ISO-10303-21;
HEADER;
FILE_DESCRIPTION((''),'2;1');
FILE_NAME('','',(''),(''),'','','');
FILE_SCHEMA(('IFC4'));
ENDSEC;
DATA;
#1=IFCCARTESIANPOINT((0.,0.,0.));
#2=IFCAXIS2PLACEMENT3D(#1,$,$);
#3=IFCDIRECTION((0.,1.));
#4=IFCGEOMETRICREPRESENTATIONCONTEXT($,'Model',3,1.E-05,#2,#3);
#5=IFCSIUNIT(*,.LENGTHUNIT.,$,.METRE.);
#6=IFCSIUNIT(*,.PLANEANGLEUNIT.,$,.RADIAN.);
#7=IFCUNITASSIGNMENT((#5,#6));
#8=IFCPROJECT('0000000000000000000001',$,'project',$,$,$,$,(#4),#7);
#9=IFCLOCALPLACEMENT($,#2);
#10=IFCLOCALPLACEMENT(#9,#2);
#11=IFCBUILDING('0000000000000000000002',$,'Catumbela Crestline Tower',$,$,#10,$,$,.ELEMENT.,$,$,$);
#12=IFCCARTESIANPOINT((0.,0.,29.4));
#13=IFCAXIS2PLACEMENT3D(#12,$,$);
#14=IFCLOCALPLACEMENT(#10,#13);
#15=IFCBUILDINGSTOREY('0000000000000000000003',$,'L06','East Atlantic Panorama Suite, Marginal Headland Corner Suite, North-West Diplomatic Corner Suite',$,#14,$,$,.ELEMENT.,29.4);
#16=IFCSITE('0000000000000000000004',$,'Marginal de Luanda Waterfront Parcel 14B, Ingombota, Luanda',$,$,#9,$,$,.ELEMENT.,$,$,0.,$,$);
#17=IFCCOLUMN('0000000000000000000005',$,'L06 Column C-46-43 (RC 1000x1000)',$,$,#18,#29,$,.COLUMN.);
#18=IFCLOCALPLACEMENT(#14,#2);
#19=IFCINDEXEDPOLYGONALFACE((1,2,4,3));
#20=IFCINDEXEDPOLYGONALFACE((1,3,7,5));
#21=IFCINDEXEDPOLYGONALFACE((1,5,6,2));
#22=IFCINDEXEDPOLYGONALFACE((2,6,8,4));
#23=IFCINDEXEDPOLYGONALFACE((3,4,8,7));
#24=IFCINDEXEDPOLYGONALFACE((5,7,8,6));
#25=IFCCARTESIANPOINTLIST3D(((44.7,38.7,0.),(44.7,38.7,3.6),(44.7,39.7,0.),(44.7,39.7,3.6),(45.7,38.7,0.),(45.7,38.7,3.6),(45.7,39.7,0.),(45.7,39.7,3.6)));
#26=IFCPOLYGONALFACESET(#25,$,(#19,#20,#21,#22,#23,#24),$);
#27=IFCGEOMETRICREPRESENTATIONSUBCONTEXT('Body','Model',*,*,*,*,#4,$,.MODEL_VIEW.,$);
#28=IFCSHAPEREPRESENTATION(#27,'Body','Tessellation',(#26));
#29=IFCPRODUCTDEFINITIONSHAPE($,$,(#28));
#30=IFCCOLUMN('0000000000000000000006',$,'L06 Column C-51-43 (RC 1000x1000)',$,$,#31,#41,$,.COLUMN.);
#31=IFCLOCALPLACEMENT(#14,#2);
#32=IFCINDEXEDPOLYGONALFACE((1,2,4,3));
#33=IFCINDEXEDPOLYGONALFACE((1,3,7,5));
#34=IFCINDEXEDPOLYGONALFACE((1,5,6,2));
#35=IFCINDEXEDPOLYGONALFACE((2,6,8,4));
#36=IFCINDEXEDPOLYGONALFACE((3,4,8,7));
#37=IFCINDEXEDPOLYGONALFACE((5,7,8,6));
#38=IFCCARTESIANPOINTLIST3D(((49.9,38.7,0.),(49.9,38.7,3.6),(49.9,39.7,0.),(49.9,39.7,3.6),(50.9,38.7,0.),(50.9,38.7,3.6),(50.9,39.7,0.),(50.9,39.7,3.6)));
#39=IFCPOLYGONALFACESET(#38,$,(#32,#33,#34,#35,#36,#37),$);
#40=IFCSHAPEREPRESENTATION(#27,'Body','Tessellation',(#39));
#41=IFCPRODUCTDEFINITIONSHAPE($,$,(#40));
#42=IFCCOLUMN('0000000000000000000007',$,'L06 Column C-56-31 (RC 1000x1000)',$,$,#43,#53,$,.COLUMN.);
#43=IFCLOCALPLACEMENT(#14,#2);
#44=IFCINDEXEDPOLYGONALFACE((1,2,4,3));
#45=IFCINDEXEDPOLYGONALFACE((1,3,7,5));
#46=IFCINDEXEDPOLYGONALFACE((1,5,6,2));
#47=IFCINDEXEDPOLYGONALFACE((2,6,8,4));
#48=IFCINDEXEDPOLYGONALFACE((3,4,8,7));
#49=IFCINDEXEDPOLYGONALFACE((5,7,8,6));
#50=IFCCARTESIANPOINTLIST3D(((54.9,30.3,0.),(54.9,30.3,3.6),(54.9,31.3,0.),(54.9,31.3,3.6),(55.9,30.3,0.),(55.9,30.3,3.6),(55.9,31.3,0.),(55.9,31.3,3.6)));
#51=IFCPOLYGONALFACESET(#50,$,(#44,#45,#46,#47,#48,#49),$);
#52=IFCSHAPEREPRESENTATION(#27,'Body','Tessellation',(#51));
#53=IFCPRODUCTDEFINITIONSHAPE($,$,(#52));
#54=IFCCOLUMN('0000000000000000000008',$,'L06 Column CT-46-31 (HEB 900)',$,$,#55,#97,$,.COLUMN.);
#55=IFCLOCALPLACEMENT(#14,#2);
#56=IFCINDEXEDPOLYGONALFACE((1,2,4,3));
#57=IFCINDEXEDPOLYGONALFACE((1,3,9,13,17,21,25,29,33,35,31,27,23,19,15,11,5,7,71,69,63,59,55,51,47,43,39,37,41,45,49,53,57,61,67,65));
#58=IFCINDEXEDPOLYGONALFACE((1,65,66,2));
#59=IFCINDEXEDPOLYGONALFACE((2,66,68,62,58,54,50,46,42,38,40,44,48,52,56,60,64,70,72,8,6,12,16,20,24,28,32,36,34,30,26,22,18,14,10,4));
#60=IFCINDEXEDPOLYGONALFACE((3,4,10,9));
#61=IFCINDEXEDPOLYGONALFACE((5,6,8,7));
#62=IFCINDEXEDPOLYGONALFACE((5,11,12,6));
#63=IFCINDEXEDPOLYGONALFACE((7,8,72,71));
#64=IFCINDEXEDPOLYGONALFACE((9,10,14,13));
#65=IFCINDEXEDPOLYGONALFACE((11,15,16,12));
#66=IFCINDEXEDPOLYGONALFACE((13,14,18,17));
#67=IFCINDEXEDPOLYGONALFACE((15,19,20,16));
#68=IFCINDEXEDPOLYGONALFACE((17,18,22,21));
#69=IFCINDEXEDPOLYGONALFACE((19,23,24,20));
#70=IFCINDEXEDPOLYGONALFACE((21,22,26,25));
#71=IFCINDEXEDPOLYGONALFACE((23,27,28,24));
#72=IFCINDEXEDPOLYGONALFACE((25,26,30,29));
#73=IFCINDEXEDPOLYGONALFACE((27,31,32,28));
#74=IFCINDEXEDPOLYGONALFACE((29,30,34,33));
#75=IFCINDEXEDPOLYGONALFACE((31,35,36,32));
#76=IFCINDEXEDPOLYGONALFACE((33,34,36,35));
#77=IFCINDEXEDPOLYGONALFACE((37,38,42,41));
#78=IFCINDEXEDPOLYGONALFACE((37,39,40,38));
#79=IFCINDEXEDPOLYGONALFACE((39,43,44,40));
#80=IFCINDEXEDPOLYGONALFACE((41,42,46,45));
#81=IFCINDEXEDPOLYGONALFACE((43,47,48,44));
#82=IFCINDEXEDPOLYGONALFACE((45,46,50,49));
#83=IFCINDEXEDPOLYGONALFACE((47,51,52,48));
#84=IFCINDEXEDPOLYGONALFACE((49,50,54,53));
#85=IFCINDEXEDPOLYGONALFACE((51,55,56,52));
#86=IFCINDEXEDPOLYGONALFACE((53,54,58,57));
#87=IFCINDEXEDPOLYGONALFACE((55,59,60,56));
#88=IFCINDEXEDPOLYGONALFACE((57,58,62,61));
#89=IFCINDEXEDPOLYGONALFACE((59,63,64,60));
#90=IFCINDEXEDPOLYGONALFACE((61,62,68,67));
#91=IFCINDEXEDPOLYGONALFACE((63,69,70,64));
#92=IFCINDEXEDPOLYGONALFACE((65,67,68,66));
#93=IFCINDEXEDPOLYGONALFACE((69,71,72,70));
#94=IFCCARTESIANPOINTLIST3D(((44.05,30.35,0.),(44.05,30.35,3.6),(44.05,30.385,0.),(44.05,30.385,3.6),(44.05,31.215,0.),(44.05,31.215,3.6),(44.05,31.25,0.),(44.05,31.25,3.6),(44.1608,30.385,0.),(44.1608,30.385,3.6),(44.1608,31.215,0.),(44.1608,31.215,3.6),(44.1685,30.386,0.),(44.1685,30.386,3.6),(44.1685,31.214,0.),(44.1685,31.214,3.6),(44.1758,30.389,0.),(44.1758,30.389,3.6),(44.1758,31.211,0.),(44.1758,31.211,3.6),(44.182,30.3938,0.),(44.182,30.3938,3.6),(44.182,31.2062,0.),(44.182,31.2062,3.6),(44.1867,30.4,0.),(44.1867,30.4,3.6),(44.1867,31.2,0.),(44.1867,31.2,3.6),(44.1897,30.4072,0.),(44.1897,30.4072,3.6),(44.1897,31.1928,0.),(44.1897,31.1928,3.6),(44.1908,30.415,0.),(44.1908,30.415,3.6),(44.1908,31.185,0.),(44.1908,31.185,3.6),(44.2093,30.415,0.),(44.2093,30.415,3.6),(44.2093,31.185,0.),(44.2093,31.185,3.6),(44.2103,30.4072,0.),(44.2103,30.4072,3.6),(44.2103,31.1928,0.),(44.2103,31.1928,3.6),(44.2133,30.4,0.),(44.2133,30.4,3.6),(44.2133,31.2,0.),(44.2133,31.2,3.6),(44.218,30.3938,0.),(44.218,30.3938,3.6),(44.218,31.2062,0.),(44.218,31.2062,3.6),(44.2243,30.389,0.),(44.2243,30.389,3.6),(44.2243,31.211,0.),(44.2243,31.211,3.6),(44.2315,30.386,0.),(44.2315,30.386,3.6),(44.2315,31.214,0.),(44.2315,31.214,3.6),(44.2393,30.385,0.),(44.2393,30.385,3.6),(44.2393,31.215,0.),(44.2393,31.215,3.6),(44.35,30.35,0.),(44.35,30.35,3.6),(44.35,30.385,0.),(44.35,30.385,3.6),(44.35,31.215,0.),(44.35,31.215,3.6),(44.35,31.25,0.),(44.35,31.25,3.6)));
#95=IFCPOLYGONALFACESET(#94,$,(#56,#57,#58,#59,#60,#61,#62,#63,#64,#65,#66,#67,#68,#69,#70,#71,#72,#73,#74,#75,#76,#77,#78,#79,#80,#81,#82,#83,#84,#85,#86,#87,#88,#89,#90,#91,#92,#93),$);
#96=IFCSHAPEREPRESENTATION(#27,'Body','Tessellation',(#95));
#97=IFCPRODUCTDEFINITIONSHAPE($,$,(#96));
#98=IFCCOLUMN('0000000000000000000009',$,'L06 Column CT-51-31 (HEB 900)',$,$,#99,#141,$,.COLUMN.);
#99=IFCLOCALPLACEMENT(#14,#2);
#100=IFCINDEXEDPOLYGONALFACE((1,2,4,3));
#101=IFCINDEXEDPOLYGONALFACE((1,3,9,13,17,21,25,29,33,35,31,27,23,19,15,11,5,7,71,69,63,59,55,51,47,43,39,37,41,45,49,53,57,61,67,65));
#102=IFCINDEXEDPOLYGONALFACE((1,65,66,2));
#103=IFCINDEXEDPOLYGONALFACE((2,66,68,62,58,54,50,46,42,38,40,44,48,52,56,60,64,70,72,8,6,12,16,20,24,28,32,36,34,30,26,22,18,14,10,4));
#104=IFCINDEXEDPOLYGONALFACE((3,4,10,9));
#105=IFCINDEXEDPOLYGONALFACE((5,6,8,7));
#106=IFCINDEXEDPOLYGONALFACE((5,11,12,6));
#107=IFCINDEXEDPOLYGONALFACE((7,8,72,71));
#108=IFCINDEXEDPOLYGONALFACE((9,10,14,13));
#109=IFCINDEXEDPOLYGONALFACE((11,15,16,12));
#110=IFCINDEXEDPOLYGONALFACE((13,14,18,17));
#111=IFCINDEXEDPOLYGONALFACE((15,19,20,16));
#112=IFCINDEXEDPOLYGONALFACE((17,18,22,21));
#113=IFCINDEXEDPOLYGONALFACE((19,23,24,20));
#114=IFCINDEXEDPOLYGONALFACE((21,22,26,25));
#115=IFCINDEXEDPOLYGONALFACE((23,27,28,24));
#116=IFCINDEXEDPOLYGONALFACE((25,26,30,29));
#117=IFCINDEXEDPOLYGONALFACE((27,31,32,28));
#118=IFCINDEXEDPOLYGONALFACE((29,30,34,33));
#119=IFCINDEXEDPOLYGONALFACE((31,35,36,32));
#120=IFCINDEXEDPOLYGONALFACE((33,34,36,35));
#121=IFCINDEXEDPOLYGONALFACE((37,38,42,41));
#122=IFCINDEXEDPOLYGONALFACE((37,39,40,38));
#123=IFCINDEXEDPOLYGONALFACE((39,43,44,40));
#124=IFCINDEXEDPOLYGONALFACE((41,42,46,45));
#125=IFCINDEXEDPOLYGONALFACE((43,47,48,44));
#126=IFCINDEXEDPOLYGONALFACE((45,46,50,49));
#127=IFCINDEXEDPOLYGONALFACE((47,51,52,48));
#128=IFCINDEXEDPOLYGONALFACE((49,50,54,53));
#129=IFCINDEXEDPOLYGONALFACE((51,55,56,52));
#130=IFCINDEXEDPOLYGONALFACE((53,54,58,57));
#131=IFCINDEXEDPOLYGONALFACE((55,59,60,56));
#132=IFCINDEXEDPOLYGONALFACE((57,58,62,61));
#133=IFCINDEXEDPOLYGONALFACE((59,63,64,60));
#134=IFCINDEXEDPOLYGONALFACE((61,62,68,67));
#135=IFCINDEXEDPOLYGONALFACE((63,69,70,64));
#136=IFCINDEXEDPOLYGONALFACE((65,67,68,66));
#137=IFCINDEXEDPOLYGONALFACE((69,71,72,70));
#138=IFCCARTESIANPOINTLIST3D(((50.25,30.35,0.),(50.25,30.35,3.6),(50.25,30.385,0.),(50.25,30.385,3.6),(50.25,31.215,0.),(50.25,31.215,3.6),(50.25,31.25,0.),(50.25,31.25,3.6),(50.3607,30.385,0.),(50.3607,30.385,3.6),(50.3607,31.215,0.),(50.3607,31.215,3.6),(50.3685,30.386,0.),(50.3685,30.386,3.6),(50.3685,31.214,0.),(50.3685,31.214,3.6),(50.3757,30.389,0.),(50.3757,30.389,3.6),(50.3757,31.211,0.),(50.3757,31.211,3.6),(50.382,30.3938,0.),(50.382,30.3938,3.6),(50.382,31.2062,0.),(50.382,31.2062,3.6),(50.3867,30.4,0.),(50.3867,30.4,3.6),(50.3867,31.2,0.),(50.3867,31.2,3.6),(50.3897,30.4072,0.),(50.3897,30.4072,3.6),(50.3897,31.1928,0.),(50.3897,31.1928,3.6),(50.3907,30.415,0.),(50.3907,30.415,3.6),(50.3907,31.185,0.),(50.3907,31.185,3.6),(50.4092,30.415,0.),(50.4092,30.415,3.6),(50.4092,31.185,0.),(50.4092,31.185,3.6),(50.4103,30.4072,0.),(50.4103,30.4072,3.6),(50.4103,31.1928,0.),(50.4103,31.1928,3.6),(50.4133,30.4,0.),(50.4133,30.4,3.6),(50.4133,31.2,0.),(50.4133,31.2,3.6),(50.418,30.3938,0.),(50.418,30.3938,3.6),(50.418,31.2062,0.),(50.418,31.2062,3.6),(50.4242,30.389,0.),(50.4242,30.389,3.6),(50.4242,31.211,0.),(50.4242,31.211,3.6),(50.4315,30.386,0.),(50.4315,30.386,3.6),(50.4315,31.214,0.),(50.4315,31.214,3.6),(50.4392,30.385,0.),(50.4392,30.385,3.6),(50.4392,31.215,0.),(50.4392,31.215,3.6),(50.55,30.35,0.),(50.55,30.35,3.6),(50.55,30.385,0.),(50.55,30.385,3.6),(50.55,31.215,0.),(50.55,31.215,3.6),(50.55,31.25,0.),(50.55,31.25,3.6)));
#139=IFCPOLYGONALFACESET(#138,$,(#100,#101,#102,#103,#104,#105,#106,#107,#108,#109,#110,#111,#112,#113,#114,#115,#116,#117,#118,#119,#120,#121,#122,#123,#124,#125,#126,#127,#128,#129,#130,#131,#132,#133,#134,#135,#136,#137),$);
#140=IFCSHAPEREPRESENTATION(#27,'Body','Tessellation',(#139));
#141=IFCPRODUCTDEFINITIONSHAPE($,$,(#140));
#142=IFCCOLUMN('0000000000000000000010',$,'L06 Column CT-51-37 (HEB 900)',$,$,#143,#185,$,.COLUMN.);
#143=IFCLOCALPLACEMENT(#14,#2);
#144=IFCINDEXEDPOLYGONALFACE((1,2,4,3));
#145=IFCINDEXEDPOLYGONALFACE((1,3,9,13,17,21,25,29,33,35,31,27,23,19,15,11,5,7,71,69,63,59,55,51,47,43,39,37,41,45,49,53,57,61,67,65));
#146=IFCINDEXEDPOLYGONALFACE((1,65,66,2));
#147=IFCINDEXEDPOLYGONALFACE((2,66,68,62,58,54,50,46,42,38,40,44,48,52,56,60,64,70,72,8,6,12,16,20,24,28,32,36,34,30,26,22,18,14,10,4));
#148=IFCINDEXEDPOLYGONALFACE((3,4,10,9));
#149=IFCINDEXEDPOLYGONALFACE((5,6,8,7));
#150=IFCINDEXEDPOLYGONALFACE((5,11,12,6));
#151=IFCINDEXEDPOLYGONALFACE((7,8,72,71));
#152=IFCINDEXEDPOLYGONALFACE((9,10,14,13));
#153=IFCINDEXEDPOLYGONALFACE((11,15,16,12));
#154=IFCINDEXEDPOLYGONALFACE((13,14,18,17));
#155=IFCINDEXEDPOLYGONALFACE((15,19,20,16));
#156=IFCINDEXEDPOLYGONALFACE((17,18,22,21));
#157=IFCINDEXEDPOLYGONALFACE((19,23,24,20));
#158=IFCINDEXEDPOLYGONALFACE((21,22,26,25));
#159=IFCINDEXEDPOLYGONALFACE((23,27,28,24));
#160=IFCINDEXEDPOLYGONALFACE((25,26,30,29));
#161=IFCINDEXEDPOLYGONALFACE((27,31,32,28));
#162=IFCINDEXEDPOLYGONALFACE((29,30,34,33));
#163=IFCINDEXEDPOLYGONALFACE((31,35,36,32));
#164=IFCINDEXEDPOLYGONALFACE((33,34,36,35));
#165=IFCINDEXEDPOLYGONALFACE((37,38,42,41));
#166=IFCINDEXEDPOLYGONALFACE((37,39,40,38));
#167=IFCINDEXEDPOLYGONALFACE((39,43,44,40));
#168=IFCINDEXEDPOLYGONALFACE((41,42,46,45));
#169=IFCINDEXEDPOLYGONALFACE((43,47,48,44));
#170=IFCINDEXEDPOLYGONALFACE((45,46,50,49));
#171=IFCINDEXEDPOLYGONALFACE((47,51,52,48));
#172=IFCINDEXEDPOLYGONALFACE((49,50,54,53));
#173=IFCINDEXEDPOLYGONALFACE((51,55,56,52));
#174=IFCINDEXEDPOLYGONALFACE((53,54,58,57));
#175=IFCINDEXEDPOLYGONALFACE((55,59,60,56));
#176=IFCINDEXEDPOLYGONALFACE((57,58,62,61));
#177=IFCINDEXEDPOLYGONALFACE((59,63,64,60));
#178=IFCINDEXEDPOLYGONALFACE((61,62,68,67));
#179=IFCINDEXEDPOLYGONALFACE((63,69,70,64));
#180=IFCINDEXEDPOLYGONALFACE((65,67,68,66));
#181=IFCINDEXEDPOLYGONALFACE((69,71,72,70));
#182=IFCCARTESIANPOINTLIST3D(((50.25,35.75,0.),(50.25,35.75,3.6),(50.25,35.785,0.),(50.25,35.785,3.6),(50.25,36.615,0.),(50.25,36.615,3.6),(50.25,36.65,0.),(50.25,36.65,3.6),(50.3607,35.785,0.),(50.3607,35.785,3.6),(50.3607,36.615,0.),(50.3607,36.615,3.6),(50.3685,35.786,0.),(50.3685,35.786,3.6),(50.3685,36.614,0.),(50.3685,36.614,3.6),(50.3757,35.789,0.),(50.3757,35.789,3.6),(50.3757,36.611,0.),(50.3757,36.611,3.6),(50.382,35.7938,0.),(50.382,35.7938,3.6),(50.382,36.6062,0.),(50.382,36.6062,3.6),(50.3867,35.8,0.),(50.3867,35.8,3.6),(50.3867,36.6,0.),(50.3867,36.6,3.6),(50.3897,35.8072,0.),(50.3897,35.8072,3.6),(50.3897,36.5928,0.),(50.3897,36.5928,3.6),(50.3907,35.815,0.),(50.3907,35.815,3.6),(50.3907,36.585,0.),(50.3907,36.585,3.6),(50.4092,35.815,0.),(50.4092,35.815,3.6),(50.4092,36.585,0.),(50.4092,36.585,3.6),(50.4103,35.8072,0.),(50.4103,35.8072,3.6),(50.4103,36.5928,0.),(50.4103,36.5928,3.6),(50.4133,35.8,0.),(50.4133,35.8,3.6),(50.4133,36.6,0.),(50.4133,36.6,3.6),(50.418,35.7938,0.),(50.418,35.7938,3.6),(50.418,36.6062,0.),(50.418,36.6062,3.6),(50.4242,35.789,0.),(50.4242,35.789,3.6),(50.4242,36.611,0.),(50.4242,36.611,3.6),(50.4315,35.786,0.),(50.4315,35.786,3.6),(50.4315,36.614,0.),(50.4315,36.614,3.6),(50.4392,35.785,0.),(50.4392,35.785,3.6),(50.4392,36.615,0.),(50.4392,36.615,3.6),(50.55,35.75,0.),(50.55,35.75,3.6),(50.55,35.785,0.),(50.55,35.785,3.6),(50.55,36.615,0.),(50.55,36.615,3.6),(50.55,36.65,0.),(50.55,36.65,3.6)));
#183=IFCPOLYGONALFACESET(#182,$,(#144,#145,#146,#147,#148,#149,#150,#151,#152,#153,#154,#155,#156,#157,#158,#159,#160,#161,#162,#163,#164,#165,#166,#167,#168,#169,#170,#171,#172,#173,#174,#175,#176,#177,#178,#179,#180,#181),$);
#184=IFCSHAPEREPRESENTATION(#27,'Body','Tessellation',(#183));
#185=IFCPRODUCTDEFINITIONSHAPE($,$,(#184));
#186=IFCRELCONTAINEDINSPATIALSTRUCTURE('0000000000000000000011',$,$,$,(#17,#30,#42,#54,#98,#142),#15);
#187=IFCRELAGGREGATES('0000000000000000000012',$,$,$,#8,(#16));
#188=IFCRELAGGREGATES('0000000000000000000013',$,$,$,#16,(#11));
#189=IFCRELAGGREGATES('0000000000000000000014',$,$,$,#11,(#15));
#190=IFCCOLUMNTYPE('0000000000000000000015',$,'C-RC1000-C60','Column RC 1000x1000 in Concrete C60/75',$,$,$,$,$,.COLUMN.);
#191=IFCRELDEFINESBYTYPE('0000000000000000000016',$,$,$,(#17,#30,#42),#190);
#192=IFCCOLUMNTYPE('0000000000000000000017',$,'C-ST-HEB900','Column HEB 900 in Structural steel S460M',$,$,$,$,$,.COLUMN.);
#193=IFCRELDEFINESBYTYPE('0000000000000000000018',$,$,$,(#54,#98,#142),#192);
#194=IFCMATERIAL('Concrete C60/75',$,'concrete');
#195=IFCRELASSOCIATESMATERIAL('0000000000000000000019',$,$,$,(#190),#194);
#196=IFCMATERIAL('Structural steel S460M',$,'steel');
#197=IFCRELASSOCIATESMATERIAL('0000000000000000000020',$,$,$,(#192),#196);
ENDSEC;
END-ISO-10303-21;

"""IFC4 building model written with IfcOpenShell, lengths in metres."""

from ifc_helpers import new_model, si_unit, direction, frame, origin, origin_2d, place, context, subcontext, project, spatial, rectangle, i_section, extrude, material, material_profile, profile_set, type_object, element, save


model = new_model("IFC4")

# Units and contexts
model_context = context("Model", 3, precision=1e-05, world=origin(), true_north=direction((0.0, 1.0)))
body_context = subcontext(model_context, "Body", "Model", "MODEL_VIEW")
ifc_project = project(units=[si_unit("LENGTHUNIT", "METRE"), si_unit("PLANEANGLEUNIT", "RADIAN")], contexts=[model_context])

# Site, building, storey
site_placement = place(None, origin())
site = spatial("IfcSite", under=ifc_project, at=site_placement, Name="Marginal de Luanda Waterfront Parcel 14B, Ingombota, Luanda", CompositionType="ELEMENT", RefElevation=0.0)
building_placement = place(site_placement, origin())
building = spatial("IfcBuilding", under=site, at=building_placement, Name="Catumbela Crestline Tower", CompositionType="ELEMENT")
storey_placement = place(building_placement, frame((0.0, 0.0, 29.4)))
storey = spatial("IfcBuildingStorey", under=building, at=storey_placement, Name="L06", Description="East Atlantic Panorama Suite, Marginal Headland Corner Suite, North-West Diplomatic Corner Suite", CompositionType="ELEMENT", Elevation=29.4)

# Columns
ifc_material_1 = material(Name="Concrete C60/75", Category="concrete")
ifc_material_profile_1 = material_profile(ifc_material_1, rectangle(XDim=1.0, YDim=1.0, at=origin_2d()), Name="RC 1000x1000")
ifc_profile_set_1 = profile_set([ifc_material_profile_1], Name="Concrete C60/75")
column_type_1 = type_object("IfcColumnType", Name="C-RC1000-C60", Description="Column RC 1000x1000 in Concrete C60/75", PredefinedType="COLUMN", material=ifc_profile_set_1)
for number, where, z_axis, x_axis, name in (
    (1, (45.2, 39.2, 0.0), (0.0, 0.0, 1.0), (1.0, 0.0, 0.0), "L06 Column C-46-43 (RC 1000x1000)"),
    (2, (50.4, 39.2, 0.0), (0.0, 0.0, 1.0), (1.0, 0.0, 0.0), "L06 Column C-51-43 (RC 1000x1000)"),
    (3, (55.4, 30.8, 0.0), (0.0, 0.0, 1.0), (1.0, 0.0, 0.0), "L06 Column C-56-31 (RC 1000x1000)"),
):
    element("IfcColumn", number, at=place(storey_placement, frame(where, z_axis=z_axis, x_axis=x_axis)), inside=storey, type_object=column_type_1, Name=name, PredefinedType="COLUMN", context=body_context, shape_type="SweptSolid", body=[
        extrude(rectangle(XDim=1.0, YDim=1.0, at=origin_2d()), origin(), (0.0, 0.0, 1.0), 3.6),
    ])
ifc_material_2 = material(Name="Structural steel S460M", Category="steel")
ifc_material_profile_2 = material_profile(ifc_material_2, i_section(OverallWidth=0.3, OverallDepth=0.9, WebThickness=0.0185, FlangeThickness=0.035, FilletRadius=0.03, at=origin_2d()), Name="HEB 900")
ifc_profile_set_2 = profile_set([ifc_material_profile_2], Name="Structural steel S460M")
column_type_2 = type_object("IfcColumnType", Name="C-ST-HEB900", Description="Column HEB 900 in Structural steel S460M", PredefinedType="COLUMN", material=ifc_profile_set_2)
for number, where, z_axis, x_axis, name in (
    (4, (44.2, 30.8, 0.0), (0.0, 0.0, 1.0), (1.0, 0.0, 0.0), "L06 Column CT-46-31 (HEB 900)"),
    (5, (50.4, 30.8, 0.0), (0.0, 0.0, 1.0), (1.0, 0.0, 0.0), "L06 Column CT-51-31 (HEB 900)"),
    (6, (50.4, 36.2, 0.0), (0.0, 0.0, 1.0), (1.0, 0.0, 0.0), "L06 Column CT-51-37 (HEB 900)"),
):
    element("IfcColumn", number, at=place(storey_placement, frame(where, z_axis=z_axis, x_axis=x_axis)), inside=storey, type_object=column_type_2, Name=name, PredefinedType="COLUMN", context=body_context, shape_type="SweptSolid", body=[
        extrude(i_section(OverallWidth=0.3, OverallDepth=0.9, WebThickness=0.0185, FlangeThickness=0.035, FilletRadius=0.03, at=origin_2d()), origin(), (0.0, 0.0, 1.0), 3.6),
    ])

save(model, "model.ifc")
